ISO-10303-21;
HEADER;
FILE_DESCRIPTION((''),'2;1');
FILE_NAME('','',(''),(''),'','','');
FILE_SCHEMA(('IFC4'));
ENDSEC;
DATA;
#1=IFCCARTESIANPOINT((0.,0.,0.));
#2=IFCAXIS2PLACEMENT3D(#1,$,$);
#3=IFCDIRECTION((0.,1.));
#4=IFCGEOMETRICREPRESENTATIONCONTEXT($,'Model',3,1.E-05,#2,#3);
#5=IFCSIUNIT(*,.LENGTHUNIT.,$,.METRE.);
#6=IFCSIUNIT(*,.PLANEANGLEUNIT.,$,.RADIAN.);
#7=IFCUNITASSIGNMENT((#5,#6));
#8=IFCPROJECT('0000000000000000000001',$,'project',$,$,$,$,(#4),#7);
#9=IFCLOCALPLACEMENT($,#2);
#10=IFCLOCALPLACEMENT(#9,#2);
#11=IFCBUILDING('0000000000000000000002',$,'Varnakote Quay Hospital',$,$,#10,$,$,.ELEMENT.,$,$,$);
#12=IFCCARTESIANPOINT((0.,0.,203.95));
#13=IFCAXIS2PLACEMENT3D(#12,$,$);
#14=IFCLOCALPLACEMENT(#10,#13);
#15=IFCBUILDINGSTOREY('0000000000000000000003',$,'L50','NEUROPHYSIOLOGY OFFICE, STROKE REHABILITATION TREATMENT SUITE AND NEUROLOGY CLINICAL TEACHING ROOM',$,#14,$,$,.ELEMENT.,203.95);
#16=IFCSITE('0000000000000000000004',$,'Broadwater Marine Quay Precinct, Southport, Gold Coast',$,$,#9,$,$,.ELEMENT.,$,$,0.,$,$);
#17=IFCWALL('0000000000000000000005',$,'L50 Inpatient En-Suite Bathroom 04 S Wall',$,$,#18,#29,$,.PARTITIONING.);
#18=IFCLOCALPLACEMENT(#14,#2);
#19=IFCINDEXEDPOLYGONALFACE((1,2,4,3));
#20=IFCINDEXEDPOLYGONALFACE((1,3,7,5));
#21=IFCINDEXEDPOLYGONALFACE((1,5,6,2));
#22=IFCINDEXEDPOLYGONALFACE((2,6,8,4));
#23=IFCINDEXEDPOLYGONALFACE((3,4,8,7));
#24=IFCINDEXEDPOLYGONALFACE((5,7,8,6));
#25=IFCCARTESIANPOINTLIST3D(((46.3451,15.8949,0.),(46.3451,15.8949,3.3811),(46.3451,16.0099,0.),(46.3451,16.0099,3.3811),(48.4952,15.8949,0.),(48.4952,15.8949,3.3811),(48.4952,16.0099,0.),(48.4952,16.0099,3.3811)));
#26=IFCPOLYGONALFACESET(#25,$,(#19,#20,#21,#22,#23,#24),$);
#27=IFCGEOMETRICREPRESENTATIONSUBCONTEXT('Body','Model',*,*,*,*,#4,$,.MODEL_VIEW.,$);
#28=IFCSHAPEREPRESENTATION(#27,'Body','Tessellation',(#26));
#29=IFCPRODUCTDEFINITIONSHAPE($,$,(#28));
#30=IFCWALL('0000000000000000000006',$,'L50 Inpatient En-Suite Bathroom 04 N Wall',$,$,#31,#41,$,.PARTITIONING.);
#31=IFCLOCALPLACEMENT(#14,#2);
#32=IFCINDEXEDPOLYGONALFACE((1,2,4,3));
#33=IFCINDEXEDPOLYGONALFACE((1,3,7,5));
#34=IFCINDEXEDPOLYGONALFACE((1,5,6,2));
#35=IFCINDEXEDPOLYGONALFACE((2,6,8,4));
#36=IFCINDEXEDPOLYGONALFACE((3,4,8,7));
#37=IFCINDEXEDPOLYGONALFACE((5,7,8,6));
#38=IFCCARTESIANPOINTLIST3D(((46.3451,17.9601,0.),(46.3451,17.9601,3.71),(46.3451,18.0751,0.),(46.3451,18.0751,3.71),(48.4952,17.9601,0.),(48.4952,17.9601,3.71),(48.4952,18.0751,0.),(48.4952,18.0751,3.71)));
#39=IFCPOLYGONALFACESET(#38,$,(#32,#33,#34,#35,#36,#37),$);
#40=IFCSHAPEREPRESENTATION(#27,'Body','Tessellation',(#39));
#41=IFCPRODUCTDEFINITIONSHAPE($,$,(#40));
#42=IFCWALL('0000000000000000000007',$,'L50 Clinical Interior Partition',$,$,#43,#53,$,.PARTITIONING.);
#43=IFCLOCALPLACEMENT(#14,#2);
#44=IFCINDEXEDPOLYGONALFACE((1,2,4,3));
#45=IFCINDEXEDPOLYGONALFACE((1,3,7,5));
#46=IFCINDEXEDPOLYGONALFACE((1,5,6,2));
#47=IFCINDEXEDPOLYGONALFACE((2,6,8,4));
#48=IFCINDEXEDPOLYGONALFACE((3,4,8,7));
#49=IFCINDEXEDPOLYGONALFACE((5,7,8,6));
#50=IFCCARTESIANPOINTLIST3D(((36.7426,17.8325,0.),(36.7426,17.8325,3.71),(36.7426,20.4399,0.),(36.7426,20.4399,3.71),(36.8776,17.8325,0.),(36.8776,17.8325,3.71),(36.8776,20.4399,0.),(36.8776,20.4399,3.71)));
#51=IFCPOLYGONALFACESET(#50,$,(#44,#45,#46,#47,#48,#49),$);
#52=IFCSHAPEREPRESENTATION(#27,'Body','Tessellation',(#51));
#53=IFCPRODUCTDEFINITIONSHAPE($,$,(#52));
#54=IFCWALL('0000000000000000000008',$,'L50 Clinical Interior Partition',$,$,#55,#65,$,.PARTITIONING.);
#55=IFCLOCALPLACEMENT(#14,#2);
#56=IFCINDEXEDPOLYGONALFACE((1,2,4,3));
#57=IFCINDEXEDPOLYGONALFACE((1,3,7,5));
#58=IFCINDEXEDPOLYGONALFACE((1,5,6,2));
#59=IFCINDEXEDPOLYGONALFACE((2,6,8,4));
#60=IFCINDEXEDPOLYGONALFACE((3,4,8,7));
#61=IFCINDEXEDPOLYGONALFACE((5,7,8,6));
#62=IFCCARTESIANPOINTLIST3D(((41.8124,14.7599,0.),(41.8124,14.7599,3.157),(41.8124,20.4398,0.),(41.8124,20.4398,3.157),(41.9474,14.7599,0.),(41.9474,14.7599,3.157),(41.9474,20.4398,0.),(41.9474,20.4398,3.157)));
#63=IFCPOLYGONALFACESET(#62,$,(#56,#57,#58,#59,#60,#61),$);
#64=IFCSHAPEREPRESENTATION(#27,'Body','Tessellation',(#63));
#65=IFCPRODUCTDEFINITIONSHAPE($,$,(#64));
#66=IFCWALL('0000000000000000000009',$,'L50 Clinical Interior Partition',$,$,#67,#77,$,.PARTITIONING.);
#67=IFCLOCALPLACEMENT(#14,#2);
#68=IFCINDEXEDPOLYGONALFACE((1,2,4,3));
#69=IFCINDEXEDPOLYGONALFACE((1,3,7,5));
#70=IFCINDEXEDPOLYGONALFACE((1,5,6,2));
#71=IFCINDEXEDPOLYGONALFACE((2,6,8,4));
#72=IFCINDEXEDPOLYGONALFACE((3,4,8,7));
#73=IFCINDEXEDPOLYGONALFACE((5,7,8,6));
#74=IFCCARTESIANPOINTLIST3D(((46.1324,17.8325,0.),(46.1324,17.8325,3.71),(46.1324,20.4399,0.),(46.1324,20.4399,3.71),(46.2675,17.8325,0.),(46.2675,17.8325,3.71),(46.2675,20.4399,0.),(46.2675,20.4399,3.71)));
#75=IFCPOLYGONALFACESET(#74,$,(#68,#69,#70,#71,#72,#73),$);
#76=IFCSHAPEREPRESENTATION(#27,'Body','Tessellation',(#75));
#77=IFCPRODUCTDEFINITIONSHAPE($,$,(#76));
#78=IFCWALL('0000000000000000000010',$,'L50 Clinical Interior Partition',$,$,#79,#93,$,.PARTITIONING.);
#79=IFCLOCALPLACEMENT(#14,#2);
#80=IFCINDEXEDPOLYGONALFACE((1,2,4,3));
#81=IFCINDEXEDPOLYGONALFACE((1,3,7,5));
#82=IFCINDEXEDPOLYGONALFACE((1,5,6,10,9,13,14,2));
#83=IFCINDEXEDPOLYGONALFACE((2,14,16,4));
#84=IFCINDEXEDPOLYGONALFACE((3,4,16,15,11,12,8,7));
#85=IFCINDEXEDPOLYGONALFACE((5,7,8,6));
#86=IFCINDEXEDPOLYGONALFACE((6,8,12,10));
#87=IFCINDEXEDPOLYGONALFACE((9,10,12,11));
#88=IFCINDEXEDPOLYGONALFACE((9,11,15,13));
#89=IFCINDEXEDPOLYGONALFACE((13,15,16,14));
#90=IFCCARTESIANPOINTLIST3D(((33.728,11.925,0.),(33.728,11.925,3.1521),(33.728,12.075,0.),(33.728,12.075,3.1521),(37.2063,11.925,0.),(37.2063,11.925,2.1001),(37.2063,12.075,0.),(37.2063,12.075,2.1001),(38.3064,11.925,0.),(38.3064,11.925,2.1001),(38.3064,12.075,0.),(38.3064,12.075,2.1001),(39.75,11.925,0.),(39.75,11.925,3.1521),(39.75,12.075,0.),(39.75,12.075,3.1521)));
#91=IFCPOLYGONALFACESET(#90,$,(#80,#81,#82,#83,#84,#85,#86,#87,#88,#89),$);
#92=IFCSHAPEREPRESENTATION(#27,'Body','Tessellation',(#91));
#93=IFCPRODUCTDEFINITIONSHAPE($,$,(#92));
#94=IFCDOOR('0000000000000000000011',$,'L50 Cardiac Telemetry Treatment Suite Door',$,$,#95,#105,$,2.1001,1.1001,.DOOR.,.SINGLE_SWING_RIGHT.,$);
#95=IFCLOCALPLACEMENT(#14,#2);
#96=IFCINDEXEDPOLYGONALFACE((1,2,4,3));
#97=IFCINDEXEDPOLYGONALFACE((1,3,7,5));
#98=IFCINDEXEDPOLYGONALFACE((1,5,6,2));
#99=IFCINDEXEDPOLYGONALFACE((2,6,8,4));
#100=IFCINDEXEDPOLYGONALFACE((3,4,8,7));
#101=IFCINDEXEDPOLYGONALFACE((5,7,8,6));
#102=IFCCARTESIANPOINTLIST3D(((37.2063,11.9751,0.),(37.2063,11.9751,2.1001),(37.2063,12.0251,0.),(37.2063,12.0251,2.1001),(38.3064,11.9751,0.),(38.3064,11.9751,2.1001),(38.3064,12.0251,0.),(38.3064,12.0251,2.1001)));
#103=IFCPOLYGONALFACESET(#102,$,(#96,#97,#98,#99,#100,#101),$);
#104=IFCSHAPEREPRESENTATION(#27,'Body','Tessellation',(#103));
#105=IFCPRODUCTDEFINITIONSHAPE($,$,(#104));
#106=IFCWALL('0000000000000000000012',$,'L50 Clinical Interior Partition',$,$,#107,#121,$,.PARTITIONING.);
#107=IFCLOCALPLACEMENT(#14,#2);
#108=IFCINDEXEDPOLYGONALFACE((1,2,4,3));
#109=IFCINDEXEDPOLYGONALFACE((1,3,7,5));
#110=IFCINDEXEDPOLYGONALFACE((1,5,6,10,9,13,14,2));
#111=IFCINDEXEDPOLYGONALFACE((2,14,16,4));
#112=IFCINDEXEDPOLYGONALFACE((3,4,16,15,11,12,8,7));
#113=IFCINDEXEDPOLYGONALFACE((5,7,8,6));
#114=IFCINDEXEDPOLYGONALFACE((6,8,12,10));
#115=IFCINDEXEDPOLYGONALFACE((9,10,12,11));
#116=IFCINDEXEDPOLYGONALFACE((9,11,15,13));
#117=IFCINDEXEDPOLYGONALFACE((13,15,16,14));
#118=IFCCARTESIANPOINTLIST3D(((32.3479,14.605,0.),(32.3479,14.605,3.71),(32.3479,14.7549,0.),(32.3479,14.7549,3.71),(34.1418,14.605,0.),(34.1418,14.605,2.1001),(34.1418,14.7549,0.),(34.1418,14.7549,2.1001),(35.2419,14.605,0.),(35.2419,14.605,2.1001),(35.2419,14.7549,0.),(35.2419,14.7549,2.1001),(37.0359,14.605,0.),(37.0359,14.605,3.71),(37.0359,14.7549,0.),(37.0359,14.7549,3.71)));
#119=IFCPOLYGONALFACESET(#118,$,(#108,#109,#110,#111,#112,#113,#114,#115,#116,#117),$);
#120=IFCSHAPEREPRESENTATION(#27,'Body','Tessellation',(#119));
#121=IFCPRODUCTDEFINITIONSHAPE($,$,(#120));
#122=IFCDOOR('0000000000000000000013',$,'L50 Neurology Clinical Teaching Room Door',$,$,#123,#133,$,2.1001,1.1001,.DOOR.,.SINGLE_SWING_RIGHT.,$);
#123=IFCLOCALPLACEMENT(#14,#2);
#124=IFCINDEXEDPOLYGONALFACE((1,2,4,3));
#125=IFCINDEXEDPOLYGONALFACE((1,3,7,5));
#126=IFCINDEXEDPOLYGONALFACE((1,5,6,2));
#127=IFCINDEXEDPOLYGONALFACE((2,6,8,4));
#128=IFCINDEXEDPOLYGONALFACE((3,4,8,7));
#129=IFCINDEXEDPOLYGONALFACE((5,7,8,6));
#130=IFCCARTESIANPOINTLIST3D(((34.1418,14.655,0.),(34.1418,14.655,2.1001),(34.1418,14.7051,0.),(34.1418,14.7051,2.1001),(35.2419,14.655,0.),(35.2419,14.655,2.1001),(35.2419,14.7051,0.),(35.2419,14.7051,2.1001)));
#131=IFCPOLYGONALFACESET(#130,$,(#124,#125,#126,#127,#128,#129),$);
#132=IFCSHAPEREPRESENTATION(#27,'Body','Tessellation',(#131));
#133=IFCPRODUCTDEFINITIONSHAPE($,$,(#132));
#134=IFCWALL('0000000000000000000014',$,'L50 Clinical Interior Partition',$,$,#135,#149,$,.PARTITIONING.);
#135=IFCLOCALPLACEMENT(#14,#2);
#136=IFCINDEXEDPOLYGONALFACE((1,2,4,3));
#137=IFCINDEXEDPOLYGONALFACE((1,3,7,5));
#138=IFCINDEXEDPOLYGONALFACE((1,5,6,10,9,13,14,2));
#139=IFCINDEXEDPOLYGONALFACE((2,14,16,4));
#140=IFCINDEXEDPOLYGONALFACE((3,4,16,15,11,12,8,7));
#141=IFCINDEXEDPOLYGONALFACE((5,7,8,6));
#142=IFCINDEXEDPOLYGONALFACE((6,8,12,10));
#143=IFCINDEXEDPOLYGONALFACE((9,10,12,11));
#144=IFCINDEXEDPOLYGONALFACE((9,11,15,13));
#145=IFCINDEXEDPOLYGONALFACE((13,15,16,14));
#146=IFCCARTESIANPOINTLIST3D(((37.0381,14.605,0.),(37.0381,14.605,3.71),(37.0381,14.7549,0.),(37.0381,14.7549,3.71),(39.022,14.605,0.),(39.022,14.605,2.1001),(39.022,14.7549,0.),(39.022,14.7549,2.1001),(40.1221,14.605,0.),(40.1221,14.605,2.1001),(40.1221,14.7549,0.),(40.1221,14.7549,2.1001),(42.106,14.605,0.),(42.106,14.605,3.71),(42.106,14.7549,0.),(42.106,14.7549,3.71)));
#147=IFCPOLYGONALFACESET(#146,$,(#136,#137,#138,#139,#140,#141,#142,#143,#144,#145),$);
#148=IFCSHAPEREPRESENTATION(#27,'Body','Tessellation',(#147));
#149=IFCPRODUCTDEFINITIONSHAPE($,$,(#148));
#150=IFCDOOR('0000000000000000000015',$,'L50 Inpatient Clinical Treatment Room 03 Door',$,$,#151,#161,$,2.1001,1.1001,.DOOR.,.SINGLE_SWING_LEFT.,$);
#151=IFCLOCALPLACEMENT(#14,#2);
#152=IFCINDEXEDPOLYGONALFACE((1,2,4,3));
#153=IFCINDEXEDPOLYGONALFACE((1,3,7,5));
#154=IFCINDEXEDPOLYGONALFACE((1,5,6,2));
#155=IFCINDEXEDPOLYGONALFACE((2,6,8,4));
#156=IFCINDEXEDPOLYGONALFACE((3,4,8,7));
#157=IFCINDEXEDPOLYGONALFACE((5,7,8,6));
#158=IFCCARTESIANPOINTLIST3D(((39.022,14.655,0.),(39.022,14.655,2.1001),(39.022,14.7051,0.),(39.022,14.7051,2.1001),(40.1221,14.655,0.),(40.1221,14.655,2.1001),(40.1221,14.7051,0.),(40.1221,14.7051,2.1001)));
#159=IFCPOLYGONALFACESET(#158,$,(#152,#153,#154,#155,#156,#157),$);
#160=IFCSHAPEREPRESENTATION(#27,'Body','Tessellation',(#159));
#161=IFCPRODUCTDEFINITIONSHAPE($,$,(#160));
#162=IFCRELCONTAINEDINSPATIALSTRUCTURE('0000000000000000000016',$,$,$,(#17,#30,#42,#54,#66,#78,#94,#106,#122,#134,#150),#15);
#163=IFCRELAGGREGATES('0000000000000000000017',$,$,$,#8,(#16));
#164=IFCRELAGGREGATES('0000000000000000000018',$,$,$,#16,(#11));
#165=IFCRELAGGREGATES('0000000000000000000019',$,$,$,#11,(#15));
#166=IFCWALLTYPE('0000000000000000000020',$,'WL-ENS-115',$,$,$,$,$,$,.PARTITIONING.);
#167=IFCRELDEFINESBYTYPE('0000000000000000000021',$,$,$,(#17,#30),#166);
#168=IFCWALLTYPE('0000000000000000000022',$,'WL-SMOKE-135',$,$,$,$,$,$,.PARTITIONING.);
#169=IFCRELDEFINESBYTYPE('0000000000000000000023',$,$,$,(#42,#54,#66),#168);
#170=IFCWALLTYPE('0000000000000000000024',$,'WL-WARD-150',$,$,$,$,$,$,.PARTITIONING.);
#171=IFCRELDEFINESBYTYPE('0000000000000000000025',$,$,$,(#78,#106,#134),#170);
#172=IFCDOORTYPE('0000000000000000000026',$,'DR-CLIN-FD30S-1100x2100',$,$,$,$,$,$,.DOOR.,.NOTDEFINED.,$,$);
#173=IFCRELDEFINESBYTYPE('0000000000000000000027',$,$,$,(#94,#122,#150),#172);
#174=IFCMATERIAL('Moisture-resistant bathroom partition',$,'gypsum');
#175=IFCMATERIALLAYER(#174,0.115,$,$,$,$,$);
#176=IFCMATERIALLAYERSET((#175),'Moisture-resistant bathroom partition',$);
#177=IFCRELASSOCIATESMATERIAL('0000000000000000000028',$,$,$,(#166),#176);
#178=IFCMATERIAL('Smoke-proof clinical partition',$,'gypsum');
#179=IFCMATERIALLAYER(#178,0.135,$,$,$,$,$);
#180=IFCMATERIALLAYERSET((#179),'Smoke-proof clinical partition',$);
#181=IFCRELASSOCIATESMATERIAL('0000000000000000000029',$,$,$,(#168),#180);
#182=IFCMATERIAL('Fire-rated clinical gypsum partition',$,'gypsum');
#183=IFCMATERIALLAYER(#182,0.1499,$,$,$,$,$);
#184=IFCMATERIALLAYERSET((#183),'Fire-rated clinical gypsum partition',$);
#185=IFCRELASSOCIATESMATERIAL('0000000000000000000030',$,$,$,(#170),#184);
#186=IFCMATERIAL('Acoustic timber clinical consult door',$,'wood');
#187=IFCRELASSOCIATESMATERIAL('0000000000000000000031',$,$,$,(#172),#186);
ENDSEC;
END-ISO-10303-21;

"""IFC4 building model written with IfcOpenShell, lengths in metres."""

from ifc_helpers import new_model, si_unit, direction, frame, frame_2d, origin, place, context, subcontext, project, spatial, rectangle, extrude, material, layer, layer_set, type_object, element, fill, save


model = new_model("IFC4")

# Units and contexts
model_context = context("Model", 3, precision=1e-05, world=origin(), true_north=direction((0.0, 1.0)))
body_context = subcontext(model_context, "Body", "Model", "MODEL_VIEW")
ifc_project = project(units=[si_unit("LENGTHUNIT", "METRE"), si_unit("PLANEANGLEUNIT", "RADIAN")], contexts=[model_context])

# Site, building, storey
site_placement = place(None, origin())
site = spatial("IfcSite", under=ifc_project, at=site_placement, Name="Broadwater Marine Quay Precinct, Southport, Gold Coast", CompositionType="ELEMENT", RefElevation=0.0)
building_placement = place(site_placement, origin())
building = spatial("IfcBuilding", under=site, at=building_placement, Name="Varnakote Quay Hospital", CompositionType="ELEMENT")
storey_placement = place(building_placement, frame((0.0, 0.0, 203.95)))
storey = spatial("IfcBuildingStorey", under=building, at=storey_placement, Name="L50", Description="NEUROPHYSIOLOGY OFFICE, STROKE REHABILITATION TREATMENT SUITE AND NEUROLOGY CLINICAL TEACHING ROOM", CompositionType="ELEMENT", Elevation=203.95)

# Shared definitions
ifc_material_1 = material(Name="Moisture-resistant bathroom partition", Category="gypsum")
ifc_layer_1 = layer(ifc_material_1, 0.115)
ifc_layer_set_1 = layer_set([ifc_layer_1], Name="Moisture-resistant bathroom partition")
wall_type_1 = type_object("IfcWallType", Name="WL-ENS-115", PredefinedType="PARTITIONING", material=ifc_layer_set_1)

# Walls
wall_1_placement = place(storey_placement, frame((46.345, 15.9524, 0.0), z_axis=(0.0, 0.0, 1.0), x_axis=(1.0, 0.0, 0.0)))
element("IfcWall", 1, at=wall_1_placement, inside=storey, type_object=wall_type_1, Name="L50 Inpatient En-Suite Bathroom 04 S Wall", PredefinedType="PARTITIONING", context=body_context, shape_type="SweptSolid", body=[
    extrude(rectangle(XDim=2.1501, YDim=0.115, at=frame_2d((1.0752, 0.0))), origin(), (0.0, 0.0, 1.0), 3.3811),
])
wall_2_placement = place(storey_placement, frame((46.345, 18.0176, 0.0), z_axis=(0.0, 0.0, 1.0), x_axis=(1.0, 0.0, 0.0)))
element("IfcWall", 2, at=wall_2_placement, inside=storey, type_object=wall_type_1, Name="L50 Inpatient En-Suite Bathroom 04 N Wall", PredefinedType="PARTITIONING", context=body_context, shape_type="SweptSolid", body=[
    extrude(rectangle(XDim=2.1501, YDim=0.115, at=frame_2d((1.0752, 0.0))), origin(), (0.0, 0.0, 1.0), 3.71),
])
ifc_material_2 = material(Name="Smoke-proof clinical partition", Category="gypsum")
ifc_layer_2 = layer(ifc_material_2, 0.135)
ifc_layer_set_2 = layer_set([ifc_layer_2], Name="Smoke-proof clinical partition")
wall_type_2 = type_object("IfcWallType", Name="WL-SMOKE-135", PredefinedType="PARTITIONING", material=ifc_layer_set_2)
wall_3_placement = place(storey_placement, frame((36.8101, 17.8325, 0.0), z_axis=(0.0, 0.0, 1.0), x_axis=(0.0, 1.0, 0.0)))
element("IfcWall", 3, at=wall_3_placement, inside=storey, type_object=wall_type_2, Name="L50 Clinical Interior Partition", PredefinedType="PARTITIONING", context=body_context, shape_type="SweptSolid", body=[
    extrude(rectangle(XDim=2.6074, YDim=0.135, at=frame_2d((1.3037, 0.0))), origin(), (0.0, 0.0, 1.0), 3.71),
])
wall_4_placement = place(storey_placement, frame((41.8799, 14.76, 0.0), z_axis=(0.0, 0.0, 1.0), x_axis=(0.0, 1.0, 0.0)))
element("IfcWall", 4, at=wall_4_placement, inside=storey, type_object=wall_type_2, Name="L50 Clinical Interior Partition", PredefinedType="PARTITIONING", context=body_context, shape_type="SweptSolid", body=[
    extrude(rectangle(XDim=5.6799, YDim=0.135, at=frame_2d((2.8398, 0.0))), origin(), (0.0, 0.0, 1.0), 3.157),
])
wall_5_placement = place(storey_placement, frame((46.2, 17.8325, 0.0), z_axis=(0.0, 0.0, 1.0), x_axis=(0.0, 1.0, 0.0)))
element("IfcWall", 5, at=wall_5_placement, inside=storey, type_object=wall_type_2, Name="L50 Clinical Interior Partition", PredefinedType="PARTITIONING", context=body_context, shape_type="SweptSolid", body=[
    extrude(rectangle(XDim=2.6074, YDim=0.135, at=frame_2d((1.3037, 0.0))), origin(), (0.0, 0.0, 1.0), 3.71),
])

# Walls, openings, doors
ifc_material_3 = material(Name="Fire-rated clinical gypsum partition", Category="gypsum")
ifc_layer_3 = layer(ifc_material_3, 0.1499)
ifc_layer_set_3 = layer_set([ifc_layer_3], Name="Fire-rated clinical gypsum partition")
wall_type_3 = type_object("IfcWallType", Name="WL-WARD-150", PredefinedType="PARTITIONING", material=ifc_layer_set_3)
wall_6_placement = place(storey_placement, frame((39.75, 12.0, 0.0), z_axis=(0.0, 0.0, 1.0), x_axis=(-1.0, 0.0, 0.0)))
wall_6 = element("IfcWall", 6, at=wall_6_placement, inside=storey, type_object=wall_type_3, Name="L50 Clinical Interior Partition", PredefinedType="PARTITIONING", context=body_context, shape_type="SweptSolid", body=[
    extrude(rectangle(XDim=6.022, YDim=0.1499, at=frame_2d((3.011, 0.0))), origin(), (0.0, 0.0, 1.0), 3.1521),
])
opening_1_placement = place(wall_6_placement, frame((1.4436, 0.0, 0.0)))
opening_1 = element("IfcOpeningElement", 7, at=opening_1_placement, cuts=wall_6, PredefinedType="OPENING", context=body_context, shape_type="SweptSolid", body=[
    extrude(rectangle(XDim=1.1001, YDim=2.1001, at=frame_2d((0.55, 1.05))), frame((0.0, 0.085, 0.0), z_axis=(0.0, -1.0, 0.0), x_axis=(1.0, 0.0, 0.0)), (0.0, 0.0, 1.0), 0.1699),
])
ifc_material_4 = material(Name="Acoustic timber clinical consult door", Category="wood")
door_type_1 = type_object("IfcDoorType", Name="DR-CLIN-FD30S-1100x2100", OperationType="NOTDEFINED", PredefinedType="DOOR", material=ifc_material_4)
door_1_placement = place(opening_1_placement, origin())
door_1 = element("IfcDoor", 8, at=door_1_placement, inside=storey, type_object=door_type_1, Name="L50 Cardiac Telemetry Treatment Suite Door", OperationType="SINGLE_SWING_RIGHT", OverallHeight=2.1001, OverallWidth=1.1001, PredefinedType="DOOR", context=body_context, shape_type="SweptSolid", body=[
    extrude(rectangle(XDim=1.1001, YDim=2.1001, at=frame_2d((0.55, 1.05))), frame((0.0, 0.0249, 0.0), z_axis=(0.0, -1.0, 0.0), x_axis=(1.0, 0.0, 0.0)), (0.0, 0.0, 1.0), 0.05),
])
fill(opening_1, door_1)
wall_7_placement = place(storey_placement, frame((37.0359, 14.6799, 0.0), z_axis=(0.0, 0.0, 1.0), x_axis=(-1.0, 0.0, 0.0)))
wall_7 = element("IfcWall", 9, at=wall_7_placement, inside=storey, type_object=wall_type_3, Name="L50 Clinical Interior Partition", PredefinedType="PARTITIONING", context=body_context, shape_type="SweptSolid", body=[
    extrude(rectangle(XDim=4.688, YDim=0.1499, at=frame_2d((2.344, 0.0))), origin(), (0.0, 0.0, 1.0), 3.71),
])
opening_2_placement = place(wall_7_placement, frame((1.7939, 0.0, 0.0)))
opening_2 = element("IfcOpeningElement", 10, at=opening_2_placement, cuts=wall_7, PredefinedType="OPENING", context=body_context, shape_type="SweptSolid", body=[
    extrude(rectangle(XDim=1.1001, YDim=2.1001, at=frame_2d((0.55, 1.05))), frame((0.0, 0.085, 0.0), z_axis=(0.0, -1.0, 0.0), x_axis=(1.0, 0.0, 0.0)), (0.0, 0.0, 1.0), 0.1699),
])
door_2_placement = place(opening_2_placement, origin())
door_2 = element("IfcDoor", 11, at=door_2_placement, inside=storey, type_object=door_type_1, Name="L50 Neurology Clinical Teaching Room Door", OperationType="SINGLE_SWING_RIGHT", OverallHeight=2.1001, OverallWidth=1.1001, PredefinedType="DOOR", context=body_context, shape_type="SweptSolid", body=[
    extrude(rectangle(XDim=1.1001, YDim=2.1001, at=frame_2d((0.55, 1.05))), frame((0.0, 0.0249, 0.0), z_axis=(0.0, -1.0, 0.0), x_axis=(1.0, 0.0, 0.0)), (0.0, 0.0, 1.0), 0.05),
])
fill(opening_2, door_2)
wall_8_placement = place(storey_placement, frame((42.106, 14.6799, 0.0), z_axis=(0.0, 0.0, 1.0), x_axis=(-1.0, 0.0, 0.0)))
wall_8 = element("IfcWall", 12, at=wall_8_placement, inside=storey, type_object=wall_type_3, Name="L50 Clinical Interior Partition", PredefinedType="PARTITIONING", context=body_context, shape_type="SweptSolid", body=[
    extrude(rectangle(XDim=5.0679, YDim=0.1499, at=frame_2d((2.5339, 0.0))), origin(), (0.0, 0.0, 1.0), 3.71),
])
opening_3_placement = place(wall_8_placement, frame((1.9839, 0.0, 0.0)))
opening_3 = element("IfcOpeningElement", 13, at=opening_3_placement, cuts=wall_8, PredefinedType="OPENING", context=body_context, shape_type="SweptSolid", body=[
    extrude(rectangle(XDim=1.1001, YDim=2.1001, at=frame_2d((0.55, 1.05))), frame((0.0, 0.085, 0.0), z_axis=(0.0, -1.0, 0.0), x_axis=(1.0, 0.0, 0.0)), (0.0, 0.0, 1.0), 0.1699),
])
door_3_placement = place(opening_3_placement, origin())
door_3 = element("IfcDoor", 14, at=door_3_placement, inside=storey, type_object=door_type_1, Name="L50 Inpatient Clinical Treatment Room 03 Door", OperationType="SINGLE_SWING_LEFT", OverallHeight=2.1001, OverallWidth=1.1001, PredefinedType="DOOR", context=body_context, shape_type="SweptSolid", body=[
    extrude(rectangle(XDim=1.1001, YDim=2.1001, at=frame_2d((0.55, 1.05))), frame((0.0, 0.0249, 0.0), z_axis=(0.0, -1.0, 0.0), x_axis=(1.0, 0.0, 0.0)), (0.0, 0.0, 1.0), 0.05),
])
fill(opening_3, door_3)

save(model, "model.ifc")
